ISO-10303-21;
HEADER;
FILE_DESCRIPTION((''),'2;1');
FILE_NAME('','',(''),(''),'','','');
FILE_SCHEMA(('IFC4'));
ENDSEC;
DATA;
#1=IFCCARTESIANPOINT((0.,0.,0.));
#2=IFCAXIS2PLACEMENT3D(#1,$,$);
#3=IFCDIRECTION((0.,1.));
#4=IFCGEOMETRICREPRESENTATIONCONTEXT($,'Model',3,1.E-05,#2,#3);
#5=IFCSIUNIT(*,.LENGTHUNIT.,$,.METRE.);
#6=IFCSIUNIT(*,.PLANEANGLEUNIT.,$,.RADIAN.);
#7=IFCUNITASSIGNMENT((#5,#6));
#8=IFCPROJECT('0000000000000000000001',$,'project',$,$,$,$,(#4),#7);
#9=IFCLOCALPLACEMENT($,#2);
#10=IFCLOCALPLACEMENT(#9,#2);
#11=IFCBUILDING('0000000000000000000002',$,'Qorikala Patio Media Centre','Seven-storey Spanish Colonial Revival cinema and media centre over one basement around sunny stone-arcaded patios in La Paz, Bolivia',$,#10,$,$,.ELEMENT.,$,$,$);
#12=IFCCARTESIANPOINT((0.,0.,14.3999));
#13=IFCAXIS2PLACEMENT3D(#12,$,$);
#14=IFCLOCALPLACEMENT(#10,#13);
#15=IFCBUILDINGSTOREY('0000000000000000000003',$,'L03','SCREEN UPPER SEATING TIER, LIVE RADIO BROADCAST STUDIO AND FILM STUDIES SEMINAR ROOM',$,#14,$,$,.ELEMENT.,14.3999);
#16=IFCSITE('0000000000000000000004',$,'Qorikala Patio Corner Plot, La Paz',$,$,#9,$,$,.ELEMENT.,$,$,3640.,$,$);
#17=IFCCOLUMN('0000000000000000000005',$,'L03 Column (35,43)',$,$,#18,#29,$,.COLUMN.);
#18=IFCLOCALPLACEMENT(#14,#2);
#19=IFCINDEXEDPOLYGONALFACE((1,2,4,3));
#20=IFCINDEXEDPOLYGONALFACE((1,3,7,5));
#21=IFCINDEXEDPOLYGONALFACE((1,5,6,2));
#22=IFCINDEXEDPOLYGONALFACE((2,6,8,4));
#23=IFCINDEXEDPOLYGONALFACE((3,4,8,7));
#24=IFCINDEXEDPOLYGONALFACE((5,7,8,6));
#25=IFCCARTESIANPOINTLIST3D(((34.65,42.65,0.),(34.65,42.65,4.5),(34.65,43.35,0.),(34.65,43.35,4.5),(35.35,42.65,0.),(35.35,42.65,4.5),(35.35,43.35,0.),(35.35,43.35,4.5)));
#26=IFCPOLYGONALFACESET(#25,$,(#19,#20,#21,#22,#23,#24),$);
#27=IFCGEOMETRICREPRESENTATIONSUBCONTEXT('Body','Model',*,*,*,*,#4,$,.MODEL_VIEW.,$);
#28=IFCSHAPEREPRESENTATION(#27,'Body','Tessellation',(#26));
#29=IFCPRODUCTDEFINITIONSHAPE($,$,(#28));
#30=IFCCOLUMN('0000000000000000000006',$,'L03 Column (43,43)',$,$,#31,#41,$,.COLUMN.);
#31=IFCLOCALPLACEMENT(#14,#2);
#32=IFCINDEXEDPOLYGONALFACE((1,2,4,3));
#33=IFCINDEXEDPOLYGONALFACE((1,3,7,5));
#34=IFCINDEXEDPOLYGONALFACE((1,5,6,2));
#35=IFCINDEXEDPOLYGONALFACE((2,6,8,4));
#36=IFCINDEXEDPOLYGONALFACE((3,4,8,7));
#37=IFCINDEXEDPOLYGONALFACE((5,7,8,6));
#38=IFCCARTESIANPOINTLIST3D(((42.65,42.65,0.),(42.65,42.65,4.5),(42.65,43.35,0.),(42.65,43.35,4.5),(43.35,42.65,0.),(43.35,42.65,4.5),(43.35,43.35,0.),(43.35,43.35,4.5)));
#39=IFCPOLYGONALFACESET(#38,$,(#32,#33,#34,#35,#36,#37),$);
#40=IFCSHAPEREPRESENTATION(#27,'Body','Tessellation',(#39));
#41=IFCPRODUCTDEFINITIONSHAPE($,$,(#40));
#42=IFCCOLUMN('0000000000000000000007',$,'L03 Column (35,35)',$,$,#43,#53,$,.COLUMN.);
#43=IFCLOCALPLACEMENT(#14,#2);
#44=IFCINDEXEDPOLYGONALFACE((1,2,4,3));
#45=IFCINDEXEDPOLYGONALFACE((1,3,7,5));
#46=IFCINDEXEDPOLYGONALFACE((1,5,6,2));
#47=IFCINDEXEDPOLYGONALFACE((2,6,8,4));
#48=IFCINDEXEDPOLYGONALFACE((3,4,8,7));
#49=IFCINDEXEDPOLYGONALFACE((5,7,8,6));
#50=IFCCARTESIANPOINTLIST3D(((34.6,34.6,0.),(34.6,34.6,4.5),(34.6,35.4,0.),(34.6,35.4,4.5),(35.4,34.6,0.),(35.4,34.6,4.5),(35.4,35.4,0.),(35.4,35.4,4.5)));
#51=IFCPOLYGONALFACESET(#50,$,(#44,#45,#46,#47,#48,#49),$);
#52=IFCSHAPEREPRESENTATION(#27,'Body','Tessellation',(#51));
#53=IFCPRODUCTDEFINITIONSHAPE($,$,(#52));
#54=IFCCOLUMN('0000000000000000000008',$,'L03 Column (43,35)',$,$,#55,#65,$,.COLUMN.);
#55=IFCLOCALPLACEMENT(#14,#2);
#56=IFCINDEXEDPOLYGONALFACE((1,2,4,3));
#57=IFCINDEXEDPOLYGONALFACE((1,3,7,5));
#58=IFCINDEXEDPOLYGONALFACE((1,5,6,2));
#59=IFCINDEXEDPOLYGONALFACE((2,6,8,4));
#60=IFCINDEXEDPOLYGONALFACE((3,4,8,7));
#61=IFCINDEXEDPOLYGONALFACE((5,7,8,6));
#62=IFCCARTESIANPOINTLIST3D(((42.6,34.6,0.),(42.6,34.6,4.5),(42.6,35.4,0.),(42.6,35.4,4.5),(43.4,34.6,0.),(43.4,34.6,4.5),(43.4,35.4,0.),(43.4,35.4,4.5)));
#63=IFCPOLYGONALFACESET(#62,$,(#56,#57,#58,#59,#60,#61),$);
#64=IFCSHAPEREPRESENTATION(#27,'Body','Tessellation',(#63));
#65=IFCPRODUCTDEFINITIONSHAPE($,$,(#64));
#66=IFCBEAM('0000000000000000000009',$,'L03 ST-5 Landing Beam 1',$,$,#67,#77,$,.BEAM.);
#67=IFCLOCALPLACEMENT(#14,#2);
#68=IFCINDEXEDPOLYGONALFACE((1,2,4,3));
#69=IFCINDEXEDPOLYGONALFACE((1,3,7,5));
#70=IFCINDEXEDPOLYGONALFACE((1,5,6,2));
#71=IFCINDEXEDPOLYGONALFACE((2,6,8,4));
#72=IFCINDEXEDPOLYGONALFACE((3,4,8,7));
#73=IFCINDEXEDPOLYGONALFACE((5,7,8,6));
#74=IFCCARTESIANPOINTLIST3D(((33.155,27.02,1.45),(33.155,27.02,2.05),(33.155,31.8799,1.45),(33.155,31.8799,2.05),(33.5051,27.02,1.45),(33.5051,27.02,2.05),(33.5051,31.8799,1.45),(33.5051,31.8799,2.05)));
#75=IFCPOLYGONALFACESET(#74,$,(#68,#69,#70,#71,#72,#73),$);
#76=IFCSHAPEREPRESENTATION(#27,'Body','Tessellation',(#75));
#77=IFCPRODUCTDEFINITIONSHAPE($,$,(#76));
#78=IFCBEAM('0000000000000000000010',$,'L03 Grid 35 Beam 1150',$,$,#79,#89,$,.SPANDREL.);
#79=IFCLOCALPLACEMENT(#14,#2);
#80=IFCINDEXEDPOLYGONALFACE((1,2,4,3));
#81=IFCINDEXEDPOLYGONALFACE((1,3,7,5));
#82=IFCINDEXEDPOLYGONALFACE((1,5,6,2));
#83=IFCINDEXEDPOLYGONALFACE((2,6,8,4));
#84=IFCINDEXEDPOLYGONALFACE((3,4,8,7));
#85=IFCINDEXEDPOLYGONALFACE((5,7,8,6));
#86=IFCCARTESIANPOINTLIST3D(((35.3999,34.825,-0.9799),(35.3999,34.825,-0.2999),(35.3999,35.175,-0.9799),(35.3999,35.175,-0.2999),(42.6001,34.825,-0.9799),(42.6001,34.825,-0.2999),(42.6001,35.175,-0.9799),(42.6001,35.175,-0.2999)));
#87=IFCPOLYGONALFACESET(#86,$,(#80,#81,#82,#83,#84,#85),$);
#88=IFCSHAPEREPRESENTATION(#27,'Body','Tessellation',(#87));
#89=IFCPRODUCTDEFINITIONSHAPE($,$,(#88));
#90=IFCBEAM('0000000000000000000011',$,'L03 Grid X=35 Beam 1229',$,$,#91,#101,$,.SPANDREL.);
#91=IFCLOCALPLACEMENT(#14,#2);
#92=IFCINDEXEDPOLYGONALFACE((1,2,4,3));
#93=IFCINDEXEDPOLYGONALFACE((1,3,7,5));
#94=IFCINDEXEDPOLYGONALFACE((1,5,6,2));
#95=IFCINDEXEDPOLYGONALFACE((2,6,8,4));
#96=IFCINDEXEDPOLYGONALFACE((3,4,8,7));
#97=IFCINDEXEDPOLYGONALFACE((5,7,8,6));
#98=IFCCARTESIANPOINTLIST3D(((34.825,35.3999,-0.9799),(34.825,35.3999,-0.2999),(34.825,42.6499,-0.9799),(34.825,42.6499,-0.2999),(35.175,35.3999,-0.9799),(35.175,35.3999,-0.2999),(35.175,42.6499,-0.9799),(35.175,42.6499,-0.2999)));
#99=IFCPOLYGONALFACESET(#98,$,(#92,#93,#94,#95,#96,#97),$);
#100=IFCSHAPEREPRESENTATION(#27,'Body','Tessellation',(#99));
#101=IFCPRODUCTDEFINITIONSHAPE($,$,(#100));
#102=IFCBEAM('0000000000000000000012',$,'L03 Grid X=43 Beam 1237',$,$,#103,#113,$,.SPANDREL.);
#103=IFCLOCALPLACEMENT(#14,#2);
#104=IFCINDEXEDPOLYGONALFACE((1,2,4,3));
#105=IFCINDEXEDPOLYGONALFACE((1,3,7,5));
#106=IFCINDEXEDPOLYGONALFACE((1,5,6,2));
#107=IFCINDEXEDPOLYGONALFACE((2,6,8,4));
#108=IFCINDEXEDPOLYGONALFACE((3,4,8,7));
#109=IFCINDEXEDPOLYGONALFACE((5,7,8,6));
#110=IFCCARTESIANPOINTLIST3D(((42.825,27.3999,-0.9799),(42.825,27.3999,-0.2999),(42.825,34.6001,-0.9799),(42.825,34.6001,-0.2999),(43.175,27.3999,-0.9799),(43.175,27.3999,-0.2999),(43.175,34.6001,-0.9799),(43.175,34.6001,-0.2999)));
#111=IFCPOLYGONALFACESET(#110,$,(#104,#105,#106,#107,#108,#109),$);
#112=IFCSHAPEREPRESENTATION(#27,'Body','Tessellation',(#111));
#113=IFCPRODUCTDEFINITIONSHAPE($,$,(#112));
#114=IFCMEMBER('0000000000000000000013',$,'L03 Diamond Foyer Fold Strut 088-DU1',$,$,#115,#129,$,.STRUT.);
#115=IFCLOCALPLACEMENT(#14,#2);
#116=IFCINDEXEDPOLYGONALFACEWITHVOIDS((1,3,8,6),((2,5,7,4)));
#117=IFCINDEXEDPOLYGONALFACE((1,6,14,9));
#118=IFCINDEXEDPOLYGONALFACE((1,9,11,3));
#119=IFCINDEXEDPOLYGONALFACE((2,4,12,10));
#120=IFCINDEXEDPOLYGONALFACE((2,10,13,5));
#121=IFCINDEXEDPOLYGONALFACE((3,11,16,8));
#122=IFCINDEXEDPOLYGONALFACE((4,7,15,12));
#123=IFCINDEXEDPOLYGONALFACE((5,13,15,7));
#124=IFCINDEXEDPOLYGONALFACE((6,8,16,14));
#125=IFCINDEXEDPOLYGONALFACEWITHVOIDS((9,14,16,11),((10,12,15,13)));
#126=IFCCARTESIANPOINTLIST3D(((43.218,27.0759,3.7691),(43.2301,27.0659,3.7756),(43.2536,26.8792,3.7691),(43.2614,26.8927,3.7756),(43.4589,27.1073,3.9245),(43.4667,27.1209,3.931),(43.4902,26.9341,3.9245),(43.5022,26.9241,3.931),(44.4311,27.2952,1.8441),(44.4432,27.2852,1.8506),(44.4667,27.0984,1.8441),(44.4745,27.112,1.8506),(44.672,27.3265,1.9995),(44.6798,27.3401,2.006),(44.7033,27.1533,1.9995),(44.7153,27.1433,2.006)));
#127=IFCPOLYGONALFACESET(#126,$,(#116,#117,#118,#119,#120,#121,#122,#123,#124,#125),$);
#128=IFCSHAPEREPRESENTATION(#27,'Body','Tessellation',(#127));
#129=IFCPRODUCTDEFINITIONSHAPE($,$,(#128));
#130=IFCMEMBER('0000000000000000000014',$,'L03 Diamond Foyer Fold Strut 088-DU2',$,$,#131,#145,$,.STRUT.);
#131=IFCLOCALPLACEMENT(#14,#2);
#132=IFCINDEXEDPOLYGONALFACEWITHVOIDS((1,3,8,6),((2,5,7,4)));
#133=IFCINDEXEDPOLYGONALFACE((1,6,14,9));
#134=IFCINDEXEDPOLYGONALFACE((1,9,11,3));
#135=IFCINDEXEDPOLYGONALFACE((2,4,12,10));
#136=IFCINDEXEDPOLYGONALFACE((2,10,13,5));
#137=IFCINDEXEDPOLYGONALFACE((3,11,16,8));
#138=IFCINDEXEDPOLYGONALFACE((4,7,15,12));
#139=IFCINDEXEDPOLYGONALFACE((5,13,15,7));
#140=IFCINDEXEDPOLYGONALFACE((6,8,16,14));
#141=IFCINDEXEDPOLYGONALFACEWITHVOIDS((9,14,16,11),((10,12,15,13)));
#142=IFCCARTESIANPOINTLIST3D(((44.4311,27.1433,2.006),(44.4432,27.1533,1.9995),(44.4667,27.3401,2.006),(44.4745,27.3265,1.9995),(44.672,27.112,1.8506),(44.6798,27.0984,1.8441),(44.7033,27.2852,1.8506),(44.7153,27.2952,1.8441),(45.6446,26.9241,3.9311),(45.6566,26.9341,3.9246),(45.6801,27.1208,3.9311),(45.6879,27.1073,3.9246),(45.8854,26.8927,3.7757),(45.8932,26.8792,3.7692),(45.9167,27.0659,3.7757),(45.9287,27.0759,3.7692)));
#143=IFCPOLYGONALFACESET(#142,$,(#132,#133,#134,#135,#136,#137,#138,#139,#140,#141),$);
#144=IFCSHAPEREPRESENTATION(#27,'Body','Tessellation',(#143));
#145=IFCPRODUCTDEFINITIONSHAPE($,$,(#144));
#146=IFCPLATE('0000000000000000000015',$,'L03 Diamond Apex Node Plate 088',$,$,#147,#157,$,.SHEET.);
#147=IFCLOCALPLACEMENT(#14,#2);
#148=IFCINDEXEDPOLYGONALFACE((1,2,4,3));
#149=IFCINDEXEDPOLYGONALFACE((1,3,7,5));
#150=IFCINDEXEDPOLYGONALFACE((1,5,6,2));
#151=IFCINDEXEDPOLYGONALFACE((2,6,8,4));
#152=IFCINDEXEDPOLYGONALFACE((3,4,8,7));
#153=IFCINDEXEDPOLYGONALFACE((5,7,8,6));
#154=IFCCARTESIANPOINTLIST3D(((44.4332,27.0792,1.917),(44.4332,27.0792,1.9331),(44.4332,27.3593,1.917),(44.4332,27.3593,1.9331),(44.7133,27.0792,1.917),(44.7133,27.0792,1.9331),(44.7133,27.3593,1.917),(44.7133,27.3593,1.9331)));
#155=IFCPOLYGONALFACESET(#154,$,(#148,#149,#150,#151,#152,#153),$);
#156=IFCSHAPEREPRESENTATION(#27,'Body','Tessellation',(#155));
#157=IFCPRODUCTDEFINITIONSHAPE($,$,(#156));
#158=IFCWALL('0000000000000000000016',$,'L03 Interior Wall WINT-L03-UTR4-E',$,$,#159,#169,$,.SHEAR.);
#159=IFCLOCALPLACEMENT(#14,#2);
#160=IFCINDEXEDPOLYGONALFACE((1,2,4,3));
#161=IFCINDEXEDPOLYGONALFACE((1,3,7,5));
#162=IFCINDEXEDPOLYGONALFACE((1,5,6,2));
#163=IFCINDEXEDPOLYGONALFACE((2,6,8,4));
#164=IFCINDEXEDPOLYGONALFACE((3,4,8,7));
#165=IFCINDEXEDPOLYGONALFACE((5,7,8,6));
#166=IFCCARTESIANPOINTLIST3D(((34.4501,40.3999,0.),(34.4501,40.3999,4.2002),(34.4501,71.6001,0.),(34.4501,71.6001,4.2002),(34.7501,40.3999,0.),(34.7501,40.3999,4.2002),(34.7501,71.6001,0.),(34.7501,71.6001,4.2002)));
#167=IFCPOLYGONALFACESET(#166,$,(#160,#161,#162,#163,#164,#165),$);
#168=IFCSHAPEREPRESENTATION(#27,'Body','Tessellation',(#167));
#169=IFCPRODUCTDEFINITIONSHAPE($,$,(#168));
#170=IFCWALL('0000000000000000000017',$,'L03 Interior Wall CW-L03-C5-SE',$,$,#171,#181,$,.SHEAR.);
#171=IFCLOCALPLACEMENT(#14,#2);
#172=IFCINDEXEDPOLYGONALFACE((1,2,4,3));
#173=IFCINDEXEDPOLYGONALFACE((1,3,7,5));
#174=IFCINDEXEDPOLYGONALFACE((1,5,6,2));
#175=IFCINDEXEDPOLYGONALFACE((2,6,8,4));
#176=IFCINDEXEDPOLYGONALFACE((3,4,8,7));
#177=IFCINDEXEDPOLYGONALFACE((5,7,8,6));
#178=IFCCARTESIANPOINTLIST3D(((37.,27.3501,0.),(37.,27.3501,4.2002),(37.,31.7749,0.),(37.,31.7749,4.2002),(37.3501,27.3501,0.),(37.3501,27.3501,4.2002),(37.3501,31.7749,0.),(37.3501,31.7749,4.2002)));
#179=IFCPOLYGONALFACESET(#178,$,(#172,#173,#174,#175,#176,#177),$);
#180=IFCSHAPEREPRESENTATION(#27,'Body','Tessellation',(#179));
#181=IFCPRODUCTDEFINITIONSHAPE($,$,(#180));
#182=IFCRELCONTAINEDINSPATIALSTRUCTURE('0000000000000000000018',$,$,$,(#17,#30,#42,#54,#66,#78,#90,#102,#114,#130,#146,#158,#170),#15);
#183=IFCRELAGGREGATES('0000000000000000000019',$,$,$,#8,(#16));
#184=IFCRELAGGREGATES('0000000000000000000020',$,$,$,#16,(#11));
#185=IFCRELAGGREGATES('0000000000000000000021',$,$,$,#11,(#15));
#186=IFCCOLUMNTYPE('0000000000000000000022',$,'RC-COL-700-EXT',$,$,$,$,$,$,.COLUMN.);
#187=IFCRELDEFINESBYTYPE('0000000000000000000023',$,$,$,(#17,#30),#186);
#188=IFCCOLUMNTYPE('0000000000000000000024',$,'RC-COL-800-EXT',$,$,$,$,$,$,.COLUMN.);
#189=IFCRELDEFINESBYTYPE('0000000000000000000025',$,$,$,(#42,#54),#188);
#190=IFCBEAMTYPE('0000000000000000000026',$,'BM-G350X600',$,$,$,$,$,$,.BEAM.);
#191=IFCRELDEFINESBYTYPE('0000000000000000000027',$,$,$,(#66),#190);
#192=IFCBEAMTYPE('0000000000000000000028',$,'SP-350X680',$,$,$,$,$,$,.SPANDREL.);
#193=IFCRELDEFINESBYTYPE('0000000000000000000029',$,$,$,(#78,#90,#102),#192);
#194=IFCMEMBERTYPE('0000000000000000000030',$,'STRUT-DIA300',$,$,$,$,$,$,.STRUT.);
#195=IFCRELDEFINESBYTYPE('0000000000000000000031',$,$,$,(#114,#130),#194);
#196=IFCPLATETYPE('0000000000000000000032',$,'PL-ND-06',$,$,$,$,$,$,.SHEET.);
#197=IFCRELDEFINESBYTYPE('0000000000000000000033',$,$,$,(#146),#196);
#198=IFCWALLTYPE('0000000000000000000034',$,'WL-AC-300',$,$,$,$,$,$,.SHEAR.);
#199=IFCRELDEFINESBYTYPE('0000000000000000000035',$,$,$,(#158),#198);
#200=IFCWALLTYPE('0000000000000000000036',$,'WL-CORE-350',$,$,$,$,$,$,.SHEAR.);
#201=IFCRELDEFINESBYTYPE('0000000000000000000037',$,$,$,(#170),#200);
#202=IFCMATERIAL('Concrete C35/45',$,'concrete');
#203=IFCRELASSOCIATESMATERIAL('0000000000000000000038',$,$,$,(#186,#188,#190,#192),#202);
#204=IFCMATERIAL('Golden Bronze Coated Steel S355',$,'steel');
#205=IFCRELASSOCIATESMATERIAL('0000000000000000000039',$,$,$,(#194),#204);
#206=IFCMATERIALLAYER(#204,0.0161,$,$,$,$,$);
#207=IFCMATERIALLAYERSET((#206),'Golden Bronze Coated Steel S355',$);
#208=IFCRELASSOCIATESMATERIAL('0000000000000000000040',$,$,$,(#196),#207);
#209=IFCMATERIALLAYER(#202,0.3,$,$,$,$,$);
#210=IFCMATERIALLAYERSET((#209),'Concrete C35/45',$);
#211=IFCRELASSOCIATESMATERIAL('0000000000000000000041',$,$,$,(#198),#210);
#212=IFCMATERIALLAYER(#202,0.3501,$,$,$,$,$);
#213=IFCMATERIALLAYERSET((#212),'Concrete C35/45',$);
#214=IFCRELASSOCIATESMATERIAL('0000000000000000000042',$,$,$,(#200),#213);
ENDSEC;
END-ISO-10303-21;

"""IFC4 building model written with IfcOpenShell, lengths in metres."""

from ifc_helpers import new_model, si_unit, direction, frame, frame_2d, origin, origin_2d, place, context, subcontext, project, spatial, rectangle, hollow_rectangle, extrude, material, layer, layer_set, material_profile, profile_set, type_object, element, save


model = new_model("IFC4")

# Units and contexts
model_context = context("Model", 3, precision=1e-05, world=origin(), true_north=direction((0.0, 1.0)))
body_context = subcontext(model_context, "Body", "Model", "MODEL_VIEW")
ifc_project = project(units=[si_unit("LENGTHUNIT", "METRE"), si_unit("PLANEANGLEUNIT", "RADIAN")], contexts=[model_context])

# Site, building, storey
site_placement = place(None, origin())
site = spatial("IfcSite", under=ifc_project, at=site_placement, Name="Qorikala Patio Corner Plot, La Paz", CompositionType="ELEMENT", RefElevation=3640.0)
building_placement = place(site_placement, origin())
building = spatial("IfcBuilding", under=site, at=building_placement, Name="Qorikala Patio Media Centre", Description="Seven-storey Spanish Colonial Revival cinema and media centre over one basement around sunny stone-arcaded patios in La Paz, Bolivia", CompositionType="ELEMENT")
storey_placement = place(building_placement, frame((0.0, 0.0, 14.3999)))
storey = spatial("IfcBuildingStorey", under=building, at=storey_placement, Name="L03", Description="SCREEN UPPER SEATING TIER, LIVE RADIO BROADCAST STUDIO AND FILM STUDIES SEMINAR ROOM", CompositionType="ELEMENT", Elevation=14.3999)

# Columns
ifc_material_1 = material(Name="Concrete C35/45", Category="concrete")
ifc_material_profile_1 = material_profile(ifc_material_1, rectangle(XDim=0.7, YDim=0.7, at=origin_2d()), Name="RC 700x700")
ifc_profile_set_1 = profile_set([ifc_material_profile_1], Name="Concrete C35/45")
column_type_1 = type_object("IfcColumnType", Name="RC-COL-700-EXT", PredefinedType="COLUMN", material=ifc_profile_set_1)
for number, where, z_axis, x_axis, name in (
    (1, (35.0, 43.0, 0.0), (0.0, 0.0, 1.0), (1.0, 0.0, 0.0), "L03 Column (35,43)"),
    (2, (43.0, 43.0, 0.0), (0.0, 0.0, 1.0), (1.0, 0.0, 0.0), "L03 Column (43,43)"),
):
    element("IfcColumn", number, at=place(storey_placement, frame(where, z_axis=z_axis, x_axis=x_axis)), inside=storey, type_object=column_type_1, Name=name, PredefinedType="COLUMN", context=body_context, shape_type="SweptSolid", body=[
        extrude(rectangle(XDim=0.7, YDim=0.7, at=origin_2d()), origin(), (0.0, 0.0, 1.0), 4.5),
    ])
ifc_material_profile_2 = material_profile(ifc_material_1, rectangle(XDim=0.8, YDim=0.8, at=origin_2d()), Name="RC 800x800")
ifc_profile_set_2 = profile_set([ifc_material_profile_2], Name="Concrete C35/45")
column_type_2 = type_object("IfcColumnType", Name="RC-COL-800-EXT", PredefinedType="COLUMN", material=ifc_profile_set_2)
for number, where, z_axis, x_axis, name in (
    (3, (35.0, 35.0, 0.0), (0.0, 0.0, 1.0), (1.0, 0.0, 0.0), "L03 Column (35,35)"),
    (4, (43.0, 35.0, 0.0), (0.0, 0.0, 1.0), (1.0, 0.0, 0.0), "L03 Column (43,35)"),
):
    element("IfcColumn", number, at=place(storey_placement, frame(where, z_axis=z_axis, x_axis=x_axis)), inside=storey, type_object=column_type_2, Name=name, PredefinedType="COLUMN", context=body_context, shape_type="SweptSolid", body=[
        extrude(rectangle(XDim=0.8, YDim=0.8, at=origin_2d()), origin(), (0.0, 0.0, 1.0), 4.5),
    ])

# Beams
ifc_material_profile_3 = material_profile(ifc_material_1, rectangle(XDim=0.3501, YDim=0.6001, at=origin_2d()), Name="RC 350x600")
ifc_profile_set_3 = profile_set([ifc_material_profile_3], Name="Concrete C35/45")
beam_type_1 = type_object("IfcBeamType", Name="BM-G350X600", PredefinedType="BEAM", material=ifc_profile_set_3)
beam_1_placement = place(storey_placement, frame((33.3301, 27.02, 1.75), z_axis=(0.0, 1.0, 0.0), x_axis=(-1.0, 0.0, 0.0)))
element("IfcBeam", 5, at=beam_1_placement, inside=storey, type_object=beam_type_1, Name="L03 ST-5 Landing Beam 1", PredefinedType="BEAM", context=body_context, shape_type="SweptSolid", body=[
    extrude(rectangle(XDim=0.3501, YDim=0.6001, at=origin_2d()), origin(), (0.0, 0.0, 1.0), 4.8599),
])
ifc_material_profile_4 = material_profile(ifc_material_1, rectangle(XDim=0.3501, YDim=0.6799, at=origin_2d()), Name="RC 350x680")
ifc_profile_set_4 = profile_set([ifc_material_profile_4], Name="Concrete C35/45")
beam_type_2 = type_object("IfcBeamType", Name="SP-350X680", PredefinedType="SPANDREL", material=ifc_profile_set_4)
beam_2_placement = place(storey_placement, frame((35.3999, 35.0, -0.6399), z_axis=(1.0, 0.0, 0.0), x_axis=(0.0, 1.0, 0.0)))
element("IfcBeam", 6, at=beam_2_placement, inside=storey, type_object=beam_type_2, Name="L03 Grid 35 Beam 1150", PredefinedType="SPANDREL", context=body_context, shape_type="SweptSolid", body=[
    extrude(rectangle(XDim=0.3501, YDim=0.6799, at=origin_2d()), origin(), (0.0, 0.0, 1.0), 7.2002),
])
beam_3_placement = place(storey_placement, frame((35.0, 35.3999, -0.6399), z_axis=(0.0, 1.0, 0.0), x_axis=(-1.0, 0.0, 0.0)))
element("IfcBeam", 7, at=beam_3_placement, inside=storey, type_object=beam_type_2, Name="L03 Grid X=35 Beam 1229", PredefinedType="SPANDREL", context=body_context, shape_type="SweptSolid", body=[
    extrude(rectangle(XDim=0.3501, YDim=0.6799, at=origin_2d()), origin(), (0.0, 0.0, 1.0), 7.25),
])
beam_4_placement = place(storey_placement, frame((43.0, 27.3999, -0.6399), z_axis=(0.0, 1.0, 0.0), x_axis=(-1.0, 0.0, 0.0)))
element("IfcBeam", 8, at=beam_4_placement, inside=storey, type_object=beam_type_2, Name="L03 Grid X=43 Beam 1237", PredefinedType="SPANDREL", context=body_context, shape_type="SweptSolid", body=[
    extrude(rectangle(XDim=0.3501, YDim=0.6799, at=origin_2d()), origin(), (0.0, 0.0, 1.0), 7.2002),
])

# Members
ifc_material_2 = material(Name="Golden Bronze Coated Steel S355", Category="steel")
ifc_material_profile_5 = material_profile(ifc_material_2, hollow_rectangle(XDim=0.2, YDim=0.3, WallThickness=0.012, at=origin_2d()), Name="HSS300X200X12")
ifc_profile_set_5 = profile_set([ifc_material_profile_5], Name="Golden Bronze Coated Steel S355")
member_type = type_object("IfcMemberType", Name="STRUT-DIA300", PredefinedType="STRUT", material=ifc_profile_set_5)
member_1_placement = place(storey_placement, frame((44.5732, 27.2192, 1.925), z_axis=(-0.530691, -0.095907, 0.842121), x_axis=(0.17784, -0.984059, 0.0)))
element("IfcMember", 9, at=member_1_placement, inside=storey, type_object=member_type, Name="L03 Diamond Foyer Fold Strut 088-DU1", PredefinedType="STRUT", context=body_context, shape_type="SweptSolid", body=[
    extrude(hollow_rectangle(XDim=0.2, YDim=0.3, WallThickness=0.012, at=origin_2d()), origin(), (0.0, 0.0, 1.0), 2.2859),
])
member_2_placement = place(storey_placement, frame((44.5732, 27.2192, 1.925), z_axis=(0.530768, -0.095901, 0.842074), x_axis=(0.177805, 0.984066, 0.0)))
element("IfcMember", 10, at=member_2_placement, inside=storey, type_object=member_type, Name="L03 Diamond Foyer Fold Strut 088-DU2", PredefinedType="STRUT", context=body_context, shape_type="SweptSolid", body=[
    extrude(hollow_rectangle(XDim=0.2, YDim=0.3, WallThickness=0.012, at=origin_2d()), origin(), (0.0, 0.0, 1.0), 2.2861),
])

# Plate
ifc_layer_1 = layer(ifc_material_2, 0.0161)
ifc_layer_set_1 = layer_set([ifc_layer_1], Name="Golden Bronze Coated Steel S355")
plate_type = type_object("IfcPlateType", Name="PL-ND-06", PredefinedType="SHEET", material=ifc_layer_set_1)
plate_placement = place(storey_placement, frame((44.5732, 27.2192, 1.917), z_axis=(0.0, 0.0, 1.0), x_axis=(1.0, 0.0, 0.0)))
element("IfcPlate", 11, at=plate_placement, inside=storey, type_object=plate_type, Name="L03 Diamond Apex Node Plate 088", PredefinedType="SHEET", context=body_context, shape_type="SweptSolid", body=[
    extrude(rectangle(XDim=0.28, YDim=0.28, at=origin_2d()), origin(), (0.0, 0.0, 1.0), 0.0161),
])

# Walls
ifc_layer_2 = layer(ifc_material_1, 0.3)
ifc_layer_set_2 = layer_set([ifc_layer_2], Name="Concrete C35/45")
wall_type_1 = type_object("IfcWallType", Name="WL-AC-300", PredefinedType="SHEAR", material=ifc_layer_set_2)
wall_1_placement = place(storey_placement, frame((34.6001, 40.3999, 0.0), z_axis=(0.0, 0.0, 1.0), x_axis=(0.0, 1.0, 0.0)))
element("IfcWall", 12, at=wall_1_placement, inside=storey, type_object=wall_type_1, Name="L03 Interior Wall WINT-L03-UTR4-E", PredefinedType="SHEAR", context=body_context, shape_type="SweptSolid", body=[
    extrude(rectangle(XDim=31.2002, YDim=0.3, at=frame_2d((15.6001, 0.0))), origin(), (0.0, 0.0, 1.0), 4.2002),
])
ifc_layer_3 = layer(ifc_material_1, 0.3501)
ifc_layer_set_3 = layer_set([ifc_layer_3], Name="Concrete C35/45")
wall_type_2 = type_object("IfcWallType", Name="WL-CORE-350", PredefinedType="SHEAR", material=ifc_layer_set_3)
wall_2_placement = place(storey_placement, frame((37.175, 27.3501, 0.0), z_axis=(0.0, 0.0, 1.0), x_axis=(0.0, 1.0, 0.0)))
element("IfcWall", 13, at=wall_2_placement, inside=storey, type_object=wall_type_2, Name="L03 Interior Wall CW-L03-C5-SE", PredefinedType="SHEAR", context=body_context, shape_type="SweptSolid", body=[
    extrude(rectangle(XDim=4.4248, YDim=0.3501, at=frame_2d((2.2124, 0.0))), origin(), (0.0, 0.0, 1.0), 4.2002),
])

save(model, "model.ifc")
